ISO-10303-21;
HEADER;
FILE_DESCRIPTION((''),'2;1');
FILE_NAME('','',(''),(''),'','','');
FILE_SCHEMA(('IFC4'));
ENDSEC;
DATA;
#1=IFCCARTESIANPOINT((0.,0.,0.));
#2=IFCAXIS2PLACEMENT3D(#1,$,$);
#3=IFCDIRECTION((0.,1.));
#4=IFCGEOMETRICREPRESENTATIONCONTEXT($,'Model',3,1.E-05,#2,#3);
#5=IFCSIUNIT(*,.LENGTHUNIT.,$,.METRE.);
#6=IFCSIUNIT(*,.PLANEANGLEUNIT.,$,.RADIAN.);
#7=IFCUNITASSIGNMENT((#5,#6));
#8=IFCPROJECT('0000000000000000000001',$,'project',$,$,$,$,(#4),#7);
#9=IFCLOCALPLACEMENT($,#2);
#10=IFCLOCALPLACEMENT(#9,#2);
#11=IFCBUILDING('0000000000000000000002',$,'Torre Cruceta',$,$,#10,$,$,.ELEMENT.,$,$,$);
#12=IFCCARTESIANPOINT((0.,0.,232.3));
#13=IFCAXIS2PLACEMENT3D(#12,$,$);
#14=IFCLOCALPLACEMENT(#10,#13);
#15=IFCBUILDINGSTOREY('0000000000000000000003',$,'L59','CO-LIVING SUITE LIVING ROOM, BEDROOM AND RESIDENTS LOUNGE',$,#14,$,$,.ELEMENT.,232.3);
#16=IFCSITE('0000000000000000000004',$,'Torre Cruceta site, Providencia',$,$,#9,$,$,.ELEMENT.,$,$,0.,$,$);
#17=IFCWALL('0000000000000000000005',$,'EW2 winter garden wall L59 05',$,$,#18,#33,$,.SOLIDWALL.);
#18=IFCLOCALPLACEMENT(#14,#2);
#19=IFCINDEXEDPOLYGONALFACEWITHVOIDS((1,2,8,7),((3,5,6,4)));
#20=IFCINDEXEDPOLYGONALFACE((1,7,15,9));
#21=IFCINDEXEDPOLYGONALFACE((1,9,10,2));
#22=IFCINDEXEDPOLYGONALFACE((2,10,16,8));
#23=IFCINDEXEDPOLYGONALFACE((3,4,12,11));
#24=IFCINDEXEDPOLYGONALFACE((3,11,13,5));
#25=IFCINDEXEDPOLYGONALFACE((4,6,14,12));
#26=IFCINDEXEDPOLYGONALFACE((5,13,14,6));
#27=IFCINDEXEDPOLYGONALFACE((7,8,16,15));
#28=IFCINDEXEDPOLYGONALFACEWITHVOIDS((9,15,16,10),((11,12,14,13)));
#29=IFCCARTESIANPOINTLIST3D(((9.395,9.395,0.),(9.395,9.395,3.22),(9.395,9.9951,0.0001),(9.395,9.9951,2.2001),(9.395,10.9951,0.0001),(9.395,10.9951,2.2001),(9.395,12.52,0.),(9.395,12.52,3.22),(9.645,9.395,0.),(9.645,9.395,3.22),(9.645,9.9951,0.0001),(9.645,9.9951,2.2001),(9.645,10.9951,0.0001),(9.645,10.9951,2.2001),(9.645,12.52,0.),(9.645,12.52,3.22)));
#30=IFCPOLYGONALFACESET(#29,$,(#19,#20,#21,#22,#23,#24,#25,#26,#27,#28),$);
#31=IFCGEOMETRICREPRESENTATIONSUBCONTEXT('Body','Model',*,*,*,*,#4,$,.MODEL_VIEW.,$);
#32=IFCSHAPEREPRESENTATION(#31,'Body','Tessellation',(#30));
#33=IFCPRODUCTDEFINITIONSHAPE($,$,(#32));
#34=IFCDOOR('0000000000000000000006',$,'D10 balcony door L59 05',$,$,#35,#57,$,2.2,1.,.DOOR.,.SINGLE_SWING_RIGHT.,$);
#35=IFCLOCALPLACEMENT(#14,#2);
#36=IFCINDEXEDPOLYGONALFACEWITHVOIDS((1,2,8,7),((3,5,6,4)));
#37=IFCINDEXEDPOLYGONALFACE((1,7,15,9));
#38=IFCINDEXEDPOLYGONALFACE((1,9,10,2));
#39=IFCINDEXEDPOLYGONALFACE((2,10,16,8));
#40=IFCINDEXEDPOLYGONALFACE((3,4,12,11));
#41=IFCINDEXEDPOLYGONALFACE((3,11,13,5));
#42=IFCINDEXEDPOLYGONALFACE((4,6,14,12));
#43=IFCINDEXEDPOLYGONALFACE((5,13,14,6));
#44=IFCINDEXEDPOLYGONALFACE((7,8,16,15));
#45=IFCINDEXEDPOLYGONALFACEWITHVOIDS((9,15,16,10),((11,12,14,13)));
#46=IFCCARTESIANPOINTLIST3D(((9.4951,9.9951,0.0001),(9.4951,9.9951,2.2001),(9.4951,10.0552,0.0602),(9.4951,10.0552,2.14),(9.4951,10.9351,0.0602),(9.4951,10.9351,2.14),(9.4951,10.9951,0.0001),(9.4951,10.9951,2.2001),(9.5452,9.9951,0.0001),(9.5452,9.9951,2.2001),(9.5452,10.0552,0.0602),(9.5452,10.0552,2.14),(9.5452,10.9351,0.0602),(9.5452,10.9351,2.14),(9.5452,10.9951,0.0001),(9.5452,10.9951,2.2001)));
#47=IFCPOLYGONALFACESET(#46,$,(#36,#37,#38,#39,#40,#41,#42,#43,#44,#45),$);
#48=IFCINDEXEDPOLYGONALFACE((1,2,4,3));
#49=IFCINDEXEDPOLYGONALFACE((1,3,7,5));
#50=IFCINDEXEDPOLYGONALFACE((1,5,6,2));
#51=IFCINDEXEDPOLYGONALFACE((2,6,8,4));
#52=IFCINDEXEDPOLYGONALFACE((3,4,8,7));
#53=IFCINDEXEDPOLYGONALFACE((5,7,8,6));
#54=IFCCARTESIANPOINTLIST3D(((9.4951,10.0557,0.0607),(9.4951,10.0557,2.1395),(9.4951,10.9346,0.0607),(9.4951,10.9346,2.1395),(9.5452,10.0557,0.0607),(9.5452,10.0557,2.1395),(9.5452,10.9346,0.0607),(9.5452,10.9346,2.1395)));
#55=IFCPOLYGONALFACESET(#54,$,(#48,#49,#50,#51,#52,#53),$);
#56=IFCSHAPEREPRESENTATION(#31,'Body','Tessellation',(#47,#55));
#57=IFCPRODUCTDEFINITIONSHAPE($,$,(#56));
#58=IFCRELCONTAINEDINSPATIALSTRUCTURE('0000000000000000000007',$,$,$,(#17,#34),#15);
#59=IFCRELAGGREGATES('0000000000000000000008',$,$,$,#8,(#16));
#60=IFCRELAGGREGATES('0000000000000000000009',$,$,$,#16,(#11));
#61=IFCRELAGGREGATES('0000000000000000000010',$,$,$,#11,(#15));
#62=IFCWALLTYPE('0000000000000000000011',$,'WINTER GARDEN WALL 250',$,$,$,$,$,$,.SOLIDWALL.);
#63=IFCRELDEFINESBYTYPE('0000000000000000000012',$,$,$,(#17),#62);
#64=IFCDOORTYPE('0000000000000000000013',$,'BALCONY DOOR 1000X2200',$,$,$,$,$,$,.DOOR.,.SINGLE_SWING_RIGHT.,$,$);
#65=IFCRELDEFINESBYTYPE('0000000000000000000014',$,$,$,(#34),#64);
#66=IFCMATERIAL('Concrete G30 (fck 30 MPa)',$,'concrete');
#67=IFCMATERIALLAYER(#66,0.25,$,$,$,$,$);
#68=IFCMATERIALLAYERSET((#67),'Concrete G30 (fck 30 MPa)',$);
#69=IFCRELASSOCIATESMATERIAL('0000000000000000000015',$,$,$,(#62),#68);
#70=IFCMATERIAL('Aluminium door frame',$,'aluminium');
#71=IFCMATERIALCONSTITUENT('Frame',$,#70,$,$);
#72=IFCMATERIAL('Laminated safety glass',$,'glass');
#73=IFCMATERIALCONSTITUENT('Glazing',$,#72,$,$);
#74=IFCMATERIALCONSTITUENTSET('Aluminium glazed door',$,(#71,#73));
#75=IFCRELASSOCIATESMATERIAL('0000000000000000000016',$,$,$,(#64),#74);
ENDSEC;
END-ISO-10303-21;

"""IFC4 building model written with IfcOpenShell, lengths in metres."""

from ifc_helpers import new_model, si_unit, direction, frame, frame_2d, origin, place, context, subcontext, project, spatial, rectangle, hollow_rectangle, extrude, material, layer, layer_set, constituent, constituent_set, type_object, element, fill, save


model = new_model("IFC4")

# Units and contexts
model_context = context("Model", 3, precision=1e-05, world=origin(), true_north=direction((0.0, 1.0)))
body_context = subcontext(model_context, "Body", "Model", "MODEL_VIEW")
ifc_project = project(units=[si_unit("LENGTHUNIT", "METRE"), si_unit("PLANEANGLEUNIT", "RADIAN")], contexts=[model_context])

# Site, building, storey
site_placement = place(None, origin())
site = spatial("IfcSite", under=ifc_project, at=site_placement, Name="Torre Cruceta site, Providencia", CompositionType="ELEMENT", RefElevation=0.0)
building_placement = place(site_placement, origin())
building = spatial("IfcBuilding", under=site, at=building_placement, Name="Torre Cruceta", CompositionType="ELEMENT")
storey_placement = place(building_placement, frame((0.0, 0.0, 232.3)))
storey = spatial("IfcBuildingStorey", under=building, at=storey_placement, Name="L59", Description="CO-LIVING SUITE LIVING ROOM, BEDROOM AND RESIDENTS LOUNGE", CompositionType="ELEMENT", Elevation=232.3)

# Wall, opening, door
ifc_material_1 = material(Name="Concrete G30 (fck 30 MPa)", Category="concrete")
ifc_layer_1 = layer(ifc_material_1, 0.25)
ifc_layer_set_1 = layer_set([ifc_layer_1], Name="Concrete G30 (fck 30 MPa)")
wall_type_1 = type_object("IfcWallType", Name="WINTER GARDEN WALL 250", PredefinedType="SOLIDWALL", material=ifc_layer_set_1)
ifc_material_2 = material(Name="Aluminium door frame", Category="aluminium")
ifc_constituent_1 = constituent(ifc_material_2, Name="Frame")
ifc_material_3 = material(Name="Laminated safety glass", Category="glass")
ifc_constituent_2 = constituent(ifc_material_3, Name="Glazing")
ifc_constituent_set_1 = constituent_set(constituents=[ifc_constituent_1, ifc_constituent_2], Name="Aluminium glazed door")
door_type_1 = type_object("IfcDoorType", Name="BALCONY DOOR 1000X2200", OperationType="SINGLE_SWING_RIGHT", PredefinedType="DOOR", material=ifc_constituent_set_1)
wall_1_placement = place(storey_placement, frame((9.52, 9.395, 0.0), z_axis=(0.0, 0.0, 1.0), x_axis=(0.0, 1.0, 0.0)))
wall_1 = element("IfcWall", 1, at=wall_1_placement, inside=storey, type_object=wall_type_1, Name="EW2 winter garden wall L59 05", PredefinedType="SOLIDWALL", context=body_context, shape_type="SweptSolid", body=[
    extrude(rectangle(XDim=3.125, YDim=0.25, at=frame_2d((1.5625, 0.0))), origin(), (0.0, 0.0, 1.0), 3.22),
])
opening_1_placement = place(wall_1_placement, frame((0.6001, 0.0, 0.0)))
opening_1 = element("IfcOpeningElement", 2, at=opening_1_placement, cuts=wall_1, PredefinedType="OPENING", context=body_context, shape_type="SweptSolid", body=[
    extrude(rectangle(XDim=1.0, YDim=2.2, at=frame_2d((0.5, 1.1001))), frame((0.0, 0.135, 0.0), z_axis=(0.0, -1.0, 0.0), x_axis=(1.0, 0.0, 0.0)), (0.0, 0.0, 1.0), 0.27),
])
door_1_placement = place(opening_1_placement, origin())
door_1 = element("IfcDoor", 3, at=door_1_placement, inside=storey, type_object=door_type_1, Name="D10 balcony door L59 05", OperationType="SINGLE_SWING_RIGHT", OverallHeight=2.2, OverallWidth=1.0, PredefinedType="DOOR", context=body_context, shape_type="SweptSolid", body=[
    extrude(hollow_rectangle(XDim=1.0, YDim=2.2, WallThickness=0.0601, at=frame_2d((0.5, 1.1001))), frame((0.0, 0.0249, 0.0), z_axis=(0.0, -1.0, 0.0), x_axis=(1.0, 0.0, 0.0)), (0.0, 0.0, 1.0), 0.05),
    extrude(rectangle(XDim=0.8789, YDim=2.0789, at=frame_2d((0.5, 1.1001))), frame((0.0, 0.0249, 0.0), z_axis=(0.0, -1.0, 0.0), x_axis=(1.0, 0.0, 0.0)), (0.0, 0.0, 1.0), 0.05),
])
fill(opening_1, door_1)

save(model, "model.ifc")
